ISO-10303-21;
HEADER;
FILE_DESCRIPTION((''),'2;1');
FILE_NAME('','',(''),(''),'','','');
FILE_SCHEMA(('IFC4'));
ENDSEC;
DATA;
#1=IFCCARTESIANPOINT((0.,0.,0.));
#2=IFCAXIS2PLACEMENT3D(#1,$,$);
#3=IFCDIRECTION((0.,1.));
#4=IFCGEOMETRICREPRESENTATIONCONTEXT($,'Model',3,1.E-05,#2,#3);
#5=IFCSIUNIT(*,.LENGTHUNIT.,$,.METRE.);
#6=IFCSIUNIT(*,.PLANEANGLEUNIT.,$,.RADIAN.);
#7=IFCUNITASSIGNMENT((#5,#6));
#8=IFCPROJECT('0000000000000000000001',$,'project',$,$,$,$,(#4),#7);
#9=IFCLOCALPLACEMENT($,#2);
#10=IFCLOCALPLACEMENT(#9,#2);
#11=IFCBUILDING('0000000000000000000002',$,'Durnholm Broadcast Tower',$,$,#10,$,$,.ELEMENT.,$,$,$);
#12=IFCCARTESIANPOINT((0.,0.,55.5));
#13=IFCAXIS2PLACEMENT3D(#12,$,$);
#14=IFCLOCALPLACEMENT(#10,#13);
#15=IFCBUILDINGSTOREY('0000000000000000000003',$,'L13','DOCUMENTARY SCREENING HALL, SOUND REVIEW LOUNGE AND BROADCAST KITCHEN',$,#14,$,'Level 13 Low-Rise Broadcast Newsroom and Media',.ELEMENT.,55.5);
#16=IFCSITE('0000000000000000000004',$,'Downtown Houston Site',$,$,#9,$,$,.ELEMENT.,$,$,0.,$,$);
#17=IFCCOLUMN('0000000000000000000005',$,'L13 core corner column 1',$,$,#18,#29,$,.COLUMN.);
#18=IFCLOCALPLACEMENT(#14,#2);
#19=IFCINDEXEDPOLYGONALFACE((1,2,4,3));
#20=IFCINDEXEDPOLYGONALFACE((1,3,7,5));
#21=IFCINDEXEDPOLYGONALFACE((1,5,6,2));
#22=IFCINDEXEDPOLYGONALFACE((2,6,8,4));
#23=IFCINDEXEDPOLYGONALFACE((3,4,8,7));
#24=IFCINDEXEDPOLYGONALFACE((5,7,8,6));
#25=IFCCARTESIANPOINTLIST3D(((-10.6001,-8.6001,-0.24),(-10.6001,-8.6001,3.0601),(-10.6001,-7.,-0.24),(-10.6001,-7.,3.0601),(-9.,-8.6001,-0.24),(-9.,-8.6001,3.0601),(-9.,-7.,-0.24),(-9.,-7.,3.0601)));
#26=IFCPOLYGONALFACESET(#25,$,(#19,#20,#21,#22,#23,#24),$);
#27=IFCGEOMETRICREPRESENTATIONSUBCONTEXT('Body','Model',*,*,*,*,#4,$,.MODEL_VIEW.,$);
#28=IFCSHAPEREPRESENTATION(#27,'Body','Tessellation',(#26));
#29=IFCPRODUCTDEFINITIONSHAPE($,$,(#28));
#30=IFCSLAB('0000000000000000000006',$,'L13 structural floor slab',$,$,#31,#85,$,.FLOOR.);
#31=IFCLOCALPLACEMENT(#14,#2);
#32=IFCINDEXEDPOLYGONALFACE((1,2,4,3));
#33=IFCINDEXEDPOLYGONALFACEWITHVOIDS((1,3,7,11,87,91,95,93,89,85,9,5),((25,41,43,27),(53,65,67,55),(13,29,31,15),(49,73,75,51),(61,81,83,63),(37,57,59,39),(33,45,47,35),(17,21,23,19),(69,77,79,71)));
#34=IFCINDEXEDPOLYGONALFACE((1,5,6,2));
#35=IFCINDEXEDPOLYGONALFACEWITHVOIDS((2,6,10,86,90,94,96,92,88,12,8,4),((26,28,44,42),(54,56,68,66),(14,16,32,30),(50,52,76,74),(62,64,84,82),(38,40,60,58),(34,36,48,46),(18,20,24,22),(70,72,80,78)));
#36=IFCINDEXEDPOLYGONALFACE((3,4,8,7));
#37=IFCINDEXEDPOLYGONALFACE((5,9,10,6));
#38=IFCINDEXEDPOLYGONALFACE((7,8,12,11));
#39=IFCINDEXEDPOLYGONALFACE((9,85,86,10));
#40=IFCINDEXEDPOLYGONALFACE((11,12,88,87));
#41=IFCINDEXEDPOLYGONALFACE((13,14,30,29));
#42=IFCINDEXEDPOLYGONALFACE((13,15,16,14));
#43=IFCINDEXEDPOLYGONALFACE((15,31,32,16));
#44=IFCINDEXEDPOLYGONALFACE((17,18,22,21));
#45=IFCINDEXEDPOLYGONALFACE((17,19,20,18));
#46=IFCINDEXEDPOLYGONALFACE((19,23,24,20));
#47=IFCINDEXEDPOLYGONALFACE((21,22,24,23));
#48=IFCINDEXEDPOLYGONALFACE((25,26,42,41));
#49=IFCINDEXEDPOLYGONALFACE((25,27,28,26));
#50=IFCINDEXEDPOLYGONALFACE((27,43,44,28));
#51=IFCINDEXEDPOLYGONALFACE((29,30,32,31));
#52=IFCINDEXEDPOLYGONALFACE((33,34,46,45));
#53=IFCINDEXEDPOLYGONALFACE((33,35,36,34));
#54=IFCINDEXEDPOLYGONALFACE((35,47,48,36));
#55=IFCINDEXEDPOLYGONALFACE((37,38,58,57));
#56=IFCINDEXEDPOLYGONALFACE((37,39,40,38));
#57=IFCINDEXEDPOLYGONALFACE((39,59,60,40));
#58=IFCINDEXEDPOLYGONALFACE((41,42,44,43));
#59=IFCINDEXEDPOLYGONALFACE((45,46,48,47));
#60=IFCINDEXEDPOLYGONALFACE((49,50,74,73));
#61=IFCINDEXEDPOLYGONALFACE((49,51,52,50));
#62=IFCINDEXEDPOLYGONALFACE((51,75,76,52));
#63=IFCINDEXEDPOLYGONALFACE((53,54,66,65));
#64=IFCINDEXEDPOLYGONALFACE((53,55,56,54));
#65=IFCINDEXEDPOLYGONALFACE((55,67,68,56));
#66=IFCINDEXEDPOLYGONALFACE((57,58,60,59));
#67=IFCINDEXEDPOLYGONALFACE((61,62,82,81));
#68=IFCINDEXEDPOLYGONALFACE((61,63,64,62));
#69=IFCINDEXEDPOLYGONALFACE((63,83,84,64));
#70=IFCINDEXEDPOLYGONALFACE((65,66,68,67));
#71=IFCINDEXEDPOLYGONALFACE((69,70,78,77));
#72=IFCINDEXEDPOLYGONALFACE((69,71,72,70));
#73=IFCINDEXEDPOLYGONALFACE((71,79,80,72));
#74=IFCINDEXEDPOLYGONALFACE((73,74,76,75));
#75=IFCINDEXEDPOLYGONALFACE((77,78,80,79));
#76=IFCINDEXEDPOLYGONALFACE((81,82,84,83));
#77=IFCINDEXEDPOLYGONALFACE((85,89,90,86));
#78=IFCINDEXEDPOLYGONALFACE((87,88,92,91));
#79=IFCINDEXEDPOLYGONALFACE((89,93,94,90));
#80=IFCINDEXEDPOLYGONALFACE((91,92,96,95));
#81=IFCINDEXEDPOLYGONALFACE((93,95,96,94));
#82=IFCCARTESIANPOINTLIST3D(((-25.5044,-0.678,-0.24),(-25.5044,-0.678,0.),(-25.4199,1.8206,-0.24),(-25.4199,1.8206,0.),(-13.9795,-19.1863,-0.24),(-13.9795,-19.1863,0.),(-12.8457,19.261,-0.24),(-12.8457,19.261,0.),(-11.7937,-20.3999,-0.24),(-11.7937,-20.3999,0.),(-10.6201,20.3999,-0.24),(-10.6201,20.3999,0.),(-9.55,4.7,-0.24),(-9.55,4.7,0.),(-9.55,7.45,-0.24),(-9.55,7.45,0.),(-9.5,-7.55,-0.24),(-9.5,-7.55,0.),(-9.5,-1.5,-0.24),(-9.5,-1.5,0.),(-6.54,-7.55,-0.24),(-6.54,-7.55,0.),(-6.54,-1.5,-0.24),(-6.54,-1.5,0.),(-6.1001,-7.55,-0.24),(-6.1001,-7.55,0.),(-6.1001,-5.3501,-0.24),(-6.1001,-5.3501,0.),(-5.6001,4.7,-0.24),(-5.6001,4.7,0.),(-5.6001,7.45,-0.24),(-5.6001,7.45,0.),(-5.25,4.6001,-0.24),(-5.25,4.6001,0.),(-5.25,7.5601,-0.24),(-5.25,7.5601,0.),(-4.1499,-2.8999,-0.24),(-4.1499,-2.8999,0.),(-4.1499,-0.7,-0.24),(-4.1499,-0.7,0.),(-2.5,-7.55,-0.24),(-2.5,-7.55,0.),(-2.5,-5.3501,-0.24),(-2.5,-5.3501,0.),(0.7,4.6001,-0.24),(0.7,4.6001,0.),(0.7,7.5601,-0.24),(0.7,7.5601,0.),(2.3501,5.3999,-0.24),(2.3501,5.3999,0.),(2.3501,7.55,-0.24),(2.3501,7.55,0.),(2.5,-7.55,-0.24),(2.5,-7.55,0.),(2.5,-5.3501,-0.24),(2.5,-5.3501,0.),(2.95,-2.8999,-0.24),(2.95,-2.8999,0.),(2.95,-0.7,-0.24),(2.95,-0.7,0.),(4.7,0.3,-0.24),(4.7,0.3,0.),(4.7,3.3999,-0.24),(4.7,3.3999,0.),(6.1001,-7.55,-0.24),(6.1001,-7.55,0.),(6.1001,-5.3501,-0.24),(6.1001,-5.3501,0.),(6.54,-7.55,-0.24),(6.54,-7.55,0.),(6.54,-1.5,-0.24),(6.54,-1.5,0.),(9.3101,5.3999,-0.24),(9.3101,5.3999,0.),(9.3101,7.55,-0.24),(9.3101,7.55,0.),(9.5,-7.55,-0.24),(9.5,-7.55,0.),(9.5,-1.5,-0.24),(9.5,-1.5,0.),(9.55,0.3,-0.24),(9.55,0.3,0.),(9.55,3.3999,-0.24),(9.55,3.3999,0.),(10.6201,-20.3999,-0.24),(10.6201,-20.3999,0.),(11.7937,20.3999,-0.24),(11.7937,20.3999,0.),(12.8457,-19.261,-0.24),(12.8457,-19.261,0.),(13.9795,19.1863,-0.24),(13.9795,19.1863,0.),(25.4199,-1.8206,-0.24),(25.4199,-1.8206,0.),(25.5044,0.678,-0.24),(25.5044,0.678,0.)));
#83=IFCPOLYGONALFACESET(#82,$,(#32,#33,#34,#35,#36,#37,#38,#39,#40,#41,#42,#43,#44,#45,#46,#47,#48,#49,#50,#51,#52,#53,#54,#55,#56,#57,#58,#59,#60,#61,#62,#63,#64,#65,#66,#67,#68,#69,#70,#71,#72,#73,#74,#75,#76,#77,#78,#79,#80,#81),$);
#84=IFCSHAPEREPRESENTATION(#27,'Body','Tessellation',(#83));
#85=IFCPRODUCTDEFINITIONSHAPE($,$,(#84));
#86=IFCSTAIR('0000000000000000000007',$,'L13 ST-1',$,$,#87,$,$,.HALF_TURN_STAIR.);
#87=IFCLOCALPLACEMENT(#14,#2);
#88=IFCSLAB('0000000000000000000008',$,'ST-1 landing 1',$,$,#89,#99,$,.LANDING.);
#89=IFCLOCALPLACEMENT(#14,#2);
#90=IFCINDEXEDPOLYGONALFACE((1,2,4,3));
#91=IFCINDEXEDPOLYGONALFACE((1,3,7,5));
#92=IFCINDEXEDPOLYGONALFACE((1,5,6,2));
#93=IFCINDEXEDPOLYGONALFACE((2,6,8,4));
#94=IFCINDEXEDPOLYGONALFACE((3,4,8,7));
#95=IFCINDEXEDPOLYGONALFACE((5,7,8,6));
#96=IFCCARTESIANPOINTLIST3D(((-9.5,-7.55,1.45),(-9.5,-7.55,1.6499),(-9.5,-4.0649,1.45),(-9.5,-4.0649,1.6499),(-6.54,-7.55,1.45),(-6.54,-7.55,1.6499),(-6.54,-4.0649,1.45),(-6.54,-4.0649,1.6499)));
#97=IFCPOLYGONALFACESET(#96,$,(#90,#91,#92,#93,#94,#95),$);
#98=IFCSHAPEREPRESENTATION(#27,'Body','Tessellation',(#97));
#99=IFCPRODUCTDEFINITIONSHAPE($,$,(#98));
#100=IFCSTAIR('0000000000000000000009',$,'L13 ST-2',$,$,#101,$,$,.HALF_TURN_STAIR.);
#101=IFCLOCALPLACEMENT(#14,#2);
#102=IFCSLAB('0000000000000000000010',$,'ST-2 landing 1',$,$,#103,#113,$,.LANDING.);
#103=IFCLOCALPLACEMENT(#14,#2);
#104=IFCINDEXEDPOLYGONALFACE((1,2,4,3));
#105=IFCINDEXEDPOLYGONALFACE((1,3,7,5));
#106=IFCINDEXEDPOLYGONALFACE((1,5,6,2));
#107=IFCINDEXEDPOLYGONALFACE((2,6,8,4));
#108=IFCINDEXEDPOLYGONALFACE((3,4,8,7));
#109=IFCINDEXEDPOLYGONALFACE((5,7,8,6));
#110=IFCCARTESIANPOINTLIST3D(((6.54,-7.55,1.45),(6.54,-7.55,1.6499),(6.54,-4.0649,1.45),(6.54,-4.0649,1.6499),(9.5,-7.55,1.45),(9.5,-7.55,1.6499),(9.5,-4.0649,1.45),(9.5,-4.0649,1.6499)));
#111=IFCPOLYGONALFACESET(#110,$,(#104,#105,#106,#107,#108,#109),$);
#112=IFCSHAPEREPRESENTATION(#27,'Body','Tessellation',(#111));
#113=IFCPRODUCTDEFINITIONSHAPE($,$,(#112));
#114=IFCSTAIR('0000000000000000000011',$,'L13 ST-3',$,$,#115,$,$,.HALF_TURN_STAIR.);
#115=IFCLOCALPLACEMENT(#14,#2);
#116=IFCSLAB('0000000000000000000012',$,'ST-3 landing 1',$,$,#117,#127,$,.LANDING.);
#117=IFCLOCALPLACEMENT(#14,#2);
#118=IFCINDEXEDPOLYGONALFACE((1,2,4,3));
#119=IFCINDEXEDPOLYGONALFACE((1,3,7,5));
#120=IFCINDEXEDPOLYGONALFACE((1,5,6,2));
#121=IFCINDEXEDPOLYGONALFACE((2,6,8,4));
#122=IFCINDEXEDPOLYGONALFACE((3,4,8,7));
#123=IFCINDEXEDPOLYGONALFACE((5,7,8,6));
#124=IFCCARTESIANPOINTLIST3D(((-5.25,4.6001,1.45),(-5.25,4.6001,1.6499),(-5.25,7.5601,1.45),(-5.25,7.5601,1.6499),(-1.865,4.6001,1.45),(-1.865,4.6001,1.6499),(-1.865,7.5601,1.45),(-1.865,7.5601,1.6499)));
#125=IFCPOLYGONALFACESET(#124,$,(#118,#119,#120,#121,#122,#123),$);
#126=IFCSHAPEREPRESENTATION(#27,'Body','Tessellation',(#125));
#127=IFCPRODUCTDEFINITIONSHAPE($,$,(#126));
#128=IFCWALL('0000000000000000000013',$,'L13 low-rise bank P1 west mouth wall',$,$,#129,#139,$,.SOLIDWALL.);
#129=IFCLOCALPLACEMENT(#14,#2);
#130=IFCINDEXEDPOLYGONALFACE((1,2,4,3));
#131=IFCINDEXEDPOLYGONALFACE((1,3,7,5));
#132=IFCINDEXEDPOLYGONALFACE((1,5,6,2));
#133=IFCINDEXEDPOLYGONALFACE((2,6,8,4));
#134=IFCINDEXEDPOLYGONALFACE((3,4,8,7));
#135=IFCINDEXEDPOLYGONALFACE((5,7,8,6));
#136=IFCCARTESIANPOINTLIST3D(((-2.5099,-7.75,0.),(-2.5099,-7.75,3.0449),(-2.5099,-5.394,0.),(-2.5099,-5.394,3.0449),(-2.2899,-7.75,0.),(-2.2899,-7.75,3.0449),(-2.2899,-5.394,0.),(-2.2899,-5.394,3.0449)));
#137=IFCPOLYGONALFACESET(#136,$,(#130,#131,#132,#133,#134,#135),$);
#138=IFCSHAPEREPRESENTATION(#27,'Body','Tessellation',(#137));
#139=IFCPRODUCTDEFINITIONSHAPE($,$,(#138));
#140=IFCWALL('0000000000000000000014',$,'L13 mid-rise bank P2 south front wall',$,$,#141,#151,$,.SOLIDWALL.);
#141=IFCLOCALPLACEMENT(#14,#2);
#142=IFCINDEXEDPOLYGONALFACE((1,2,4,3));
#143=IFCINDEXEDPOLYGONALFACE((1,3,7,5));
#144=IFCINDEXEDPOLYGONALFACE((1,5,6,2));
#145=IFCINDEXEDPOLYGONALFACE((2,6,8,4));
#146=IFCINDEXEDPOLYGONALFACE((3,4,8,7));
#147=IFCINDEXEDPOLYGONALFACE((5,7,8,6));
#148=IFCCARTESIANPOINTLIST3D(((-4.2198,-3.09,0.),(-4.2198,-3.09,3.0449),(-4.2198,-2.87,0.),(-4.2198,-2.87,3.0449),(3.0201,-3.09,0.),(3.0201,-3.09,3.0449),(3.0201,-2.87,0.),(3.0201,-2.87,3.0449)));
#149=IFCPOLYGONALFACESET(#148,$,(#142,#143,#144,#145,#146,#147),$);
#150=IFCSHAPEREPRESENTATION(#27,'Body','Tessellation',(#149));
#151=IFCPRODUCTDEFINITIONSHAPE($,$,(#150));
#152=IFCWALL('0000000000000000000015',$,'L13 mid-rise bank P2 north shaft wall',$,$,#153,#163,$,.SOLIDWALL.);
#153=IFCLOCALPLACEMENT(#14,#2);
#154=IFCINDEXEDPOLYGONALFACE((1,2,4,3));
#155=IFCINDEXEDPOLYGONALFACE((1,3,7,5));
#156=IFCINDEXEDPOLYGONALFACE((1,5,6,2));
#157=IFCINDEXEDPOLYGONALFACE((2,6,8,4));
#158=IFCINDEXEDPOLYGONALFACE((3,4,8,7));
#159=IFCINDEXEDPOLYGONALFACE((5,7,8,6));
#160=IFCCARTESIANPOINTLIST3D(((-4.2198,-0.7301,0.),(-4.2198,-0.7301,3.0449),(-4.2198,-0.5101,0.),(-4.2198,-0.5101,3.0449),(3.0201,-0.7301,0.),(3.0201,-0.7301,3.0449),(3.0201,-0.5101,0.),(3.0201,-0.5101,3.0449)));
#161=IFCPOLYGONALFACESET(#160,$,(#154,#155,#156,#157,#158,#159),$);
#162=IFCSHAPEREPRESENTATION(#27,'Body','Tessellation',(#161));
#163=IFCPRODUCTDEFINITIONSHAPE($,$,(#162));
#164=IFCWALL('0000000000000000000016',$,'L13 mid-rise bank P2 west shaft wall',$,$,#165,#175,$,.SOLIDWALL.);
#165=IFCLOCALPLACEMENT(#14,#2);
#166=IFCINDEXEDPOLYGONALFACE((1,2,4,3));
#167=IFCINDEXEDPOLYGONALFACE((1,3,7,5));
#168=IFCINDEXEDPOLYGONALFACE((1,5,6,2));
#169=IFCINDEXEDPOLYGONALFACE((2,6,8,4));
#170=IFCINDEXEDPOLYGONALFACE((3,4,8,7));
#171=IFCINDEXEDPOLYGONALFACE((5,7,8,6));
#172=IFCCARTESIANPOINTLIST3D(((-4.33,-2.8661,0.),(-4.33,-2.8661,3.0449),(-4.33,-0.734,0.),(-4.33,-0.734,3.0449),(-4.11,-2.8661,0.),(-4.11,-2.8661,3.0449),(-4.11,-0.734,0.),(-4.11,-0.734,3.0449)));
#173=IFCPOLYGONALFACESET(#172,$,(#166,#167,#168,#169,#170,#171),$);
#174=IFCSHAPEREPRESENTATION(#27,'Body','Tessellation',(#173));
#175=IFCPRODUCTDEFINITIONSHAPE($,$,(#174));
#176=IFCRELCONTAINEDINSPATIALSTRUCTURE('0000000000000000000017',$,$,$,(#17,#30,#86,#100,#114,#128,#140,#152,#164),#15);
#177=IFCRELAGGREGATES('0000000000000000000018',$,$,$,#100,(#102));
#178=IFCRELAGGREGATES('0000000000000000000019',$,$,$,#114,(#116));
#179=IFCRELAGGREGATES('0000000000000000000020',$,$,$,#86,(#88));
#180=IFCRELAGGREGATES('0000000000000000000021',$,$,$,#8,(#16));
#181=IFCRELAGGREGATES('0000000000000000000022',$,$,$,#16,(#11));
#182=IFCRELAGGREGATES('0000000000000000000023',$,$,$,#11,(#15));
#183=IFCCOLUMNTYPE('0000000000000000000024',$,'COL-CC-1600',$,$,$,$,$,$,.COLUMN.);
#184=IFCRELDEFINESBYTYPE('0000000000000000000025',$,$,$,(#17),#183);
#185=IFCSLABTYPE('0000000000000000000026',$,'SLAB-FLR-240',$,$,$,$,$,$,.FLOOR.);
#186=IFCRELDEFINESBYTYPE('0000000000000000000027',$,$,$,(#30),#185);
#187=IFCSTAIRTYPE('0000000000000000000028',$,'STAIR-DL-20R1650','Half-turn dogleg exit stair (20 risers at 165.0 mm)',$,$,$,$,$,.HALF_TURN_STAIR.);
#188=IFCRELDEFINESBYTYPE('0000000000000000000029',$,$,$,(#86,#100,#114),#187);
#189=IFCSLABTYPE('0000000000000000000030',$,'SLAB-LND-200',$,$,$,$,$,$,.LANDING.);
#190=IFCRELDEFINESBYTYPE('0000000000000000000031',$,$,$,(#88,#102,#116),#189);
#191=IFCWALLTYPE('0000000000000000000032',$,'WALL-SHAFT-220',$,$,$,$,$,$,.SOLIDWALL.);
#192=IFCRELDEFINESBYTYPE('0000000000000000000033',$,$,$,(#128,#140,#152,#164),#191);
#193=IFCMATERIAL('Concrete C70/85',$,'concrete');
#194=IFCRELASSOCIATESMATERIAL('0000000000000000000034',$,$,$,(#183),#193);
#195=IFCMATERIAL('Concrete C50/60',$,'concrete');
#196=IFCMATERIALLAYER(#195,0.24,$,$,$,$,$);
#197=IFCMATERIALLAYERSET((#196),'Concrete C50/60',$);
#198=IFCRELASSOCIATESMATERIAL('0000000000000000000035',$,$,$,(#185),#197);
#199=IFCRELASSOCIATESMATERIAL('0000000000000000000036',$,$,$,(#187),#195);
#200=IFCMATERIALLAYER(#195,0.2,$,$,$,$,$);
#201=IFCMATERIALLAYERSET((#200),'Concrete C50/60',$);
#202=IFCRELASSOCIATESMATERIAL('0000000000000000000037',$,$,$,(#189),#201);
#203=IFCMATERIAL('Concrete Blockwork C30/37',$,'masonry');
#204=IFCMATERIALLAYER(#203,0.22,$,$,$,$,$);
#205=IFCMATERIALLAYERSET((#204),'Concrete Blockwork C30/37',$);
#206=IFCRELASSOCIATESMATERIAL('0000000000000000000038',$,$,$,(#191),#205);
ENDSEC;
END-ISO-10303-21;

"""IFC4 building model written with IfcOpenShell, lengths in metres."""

from ifc_helpers import new_model, si_unit, direction, frame, frame_2d, origin, origin_2d, place, context, subcontext, project, spatial, polyline, rectangle, outline, extrude, source, transform, mapped, material, layer, layer_set, material_profile, profile_set, type_object, type_shapes, element, aggregate, save


model = new_model("IFC4")

# Units and contexts
model_context = context("Model", 3, precision=1e-05, world=origin(), true_north=direction((0.0, 1.0)))
body_context = subcontext(model_context, "Body", "Model", "MODEL_VIEW")
ifc_project = project(units=[si_unit("LENGTHUNIT", "METRE"), si_unit("PLANEANGLEUNIT", "RADIAN")], contexts=[model_context])

# Site, building, storey
site_placement = place(None, origin())
site = spatial("IfcSite", under=ifc_project, at=site_placement, Name="Downtown Houston Site", CompositionType="ELEMENT", RefElevation=0.0)
building_placement = place(site_placement, origin())
building = spatial("IfcBuilding", under=site, at=building_placement, Name="Durnholm Broadcast Tower", CompositionType="ELEMENT")
storey_placement = place(building_placement, frame((0.0, 0.0, 55.5)))
storey = spatial("IfcBuildingStorey", under=building, at=storey_placement, Name="L13", Description="DOCUMENTARY SCREENING HALL, SOUND REVIEW LOUNGE AND BROADCAST KITCHEN", LongName="Level 13 Low-Rise Broadcast Newsroom and Media", CompositionType="ELEMENT", Elevation=55.5)

# Column
ifc_material_1 = material(Name="Concrete C70/85", Category="concrete")
ifc_material_profile = material_profile(ifc_material_1, rectangle(XDim=1.6001, YDim=1.6001, at=origin_2d()), Name="RC1600X1600")
ifc_profile_set = profile_set([ifc_material_profile], Name="Concrete C70/85")
column_type = type_object("IfcColumnType", Name="COL-CC-1600", PredefinedType="COLUMN", material=ifc_profile_set)
shared_shape_1 = source(origin(), body_context, "Body", "SweptSolid", [
    extrude(rectangle(XDim=1.6001, YDim=1.6001, at=origin_2d()), origin(), (0.0, 0.0, 1.0), 3.3),
])
type_shapes(column_type, [shared_shape_1])
column_placement = place(storey_placement, frame((-9.8, -7.8, -0.24), z_axis=(0.0, 0.0, 1.0), x_axis=(1.0, 0.0, 0.0)))
element("IfcColumn", 1, at=column_placement, inside=storey, type_object=column_type, Name="L13 core corner column 1", PredefinedType="COLUMN", context=body_context, shape_type="MappedRepresentation", body=[
    mapped(shared_shape_1, transform((0.0, 0.0, 0.0), x_axis=(1.0, 0.0, 0.0), y_axis=(0.0, 1.0, 0.0), z_axis=(0.0, 0.0, 1.0), scale=1.0)),
])

# Slab
ifc_material_2 = material(Name="Concrete C50/60", Category="concrete")
ifc_layer_1 = layer(ifc_material_2, 0.24)
ifc_layer_set_1 = layer_set([ifc_layer_1], Name="Concrete C50/60")
slab_type_1 = type_object("IfcSlabType", Name="SLAB-FLR-240", PredefinedType="FLOOR", material=ifc_layer_set_1)
slab_1_placement = place(storey_placement, frame((0.0, 0.0, -0.24)))
element("IfcSlab", 2, at=slab_1_placement, inside=storey, type_object=slab_type_1, Name="L13 structural floor slab", PredefinedType="FLOOR", context=body_context, shape_type="SweptSolid", body=[
    extrude(outline(polyline([(-13.9795, -19.1863), (-11.7937, -20.3999), (10.6201, -20.3999), (12.8457, -19.261), (25.4199, -1.8206), (25.5044, 0.678), (13.9795, 19.1863), (11.7937, 20.3999), (-10.6201, 20.3999), (-12.8457, 19.261), (-25.4199, 1.8206), (-25.5044, -0.678), (-13.9795, -19.1863)]), holes=[polyline([(-2.5, -5.3501), (-6.1001, -5.3501), (-6.1001, -7.55), (-2.5, -7.55), (-2.5, -5.3501)]), polyline([(6.1001, -5.3501), (2.5, -5.3501), (2.5, -7.55), (6.1001, -7.55), (6.1001, -5.3501)]), polyline([(-6.54, -7.55), (-6.54, -1.5), (-9.5, -1.5), (-9.5, -7.55), (-6.54, -7.55)]), polyline([(9.5, -7.55), (9.5, -1.5), (6.54, -1.5), (6.54, -7.55), (9.5, -7.55)]), polyline([(2.95, -0.7), (-4.1499, -0.7), (-4.1499, -2.8999), (2.95, -2.8999), (2.95, -0.7)]), polyline([(9.55, 3.3999), (4.7, 3.3999), (4.7, 0.3), (9.55, 0.3), (9.55, 3.3999)]), polyline([(-5.6001, 7.45), (-9.55, 7.45), (-9.55, 4.7), (-5.6001, 4.7), (-5.6001, 7.45)]), polyline([(-5.25, 7.5601), (-5.25, 4.6001), (0.7, 4.6001), (0.7, 7.5601), (-5.25, 7.5601)]), polyline([(9.3101, 5.3999), (9.3101, 7.55), (2.3501, 7.55), (2.3501, 5.3999), (9.3101, 5.3999)])]), origin(), (0.0, 0.0, 1.0), 0.24),
])

# Stairs, slabs
stair_type = type_object("IfcStairType", Name="STAIR-DL-20R1650", Description="Half-turn dogleg exit stair (20 risers at 165.0 mm)", PredefinedType="HALF_TURN_STAIR", material=ifc_material_2)
stair_1_placement = place(storey_placement, origin())
stair_1 = element("IfcStair", 3, at=stair_1_placement, inside=storey, type_object=stair_type, Name="L13 ST-1", PredefinedType="HALF_TURN_STAIR")
ifc_layer_2 = layer(ifc_material_2, 0.2)
ifc_layer_set_2 = layer_set([ifc_layer_2], Name="Concrete C50/60")
slab_type_2 = type_object("IfcSlabType", Name="SLAB-LND-200", PredefinedType="LANDING", material=ifc_layer_set_2)
slab_2_placement = place(storey_placement, frame((0.0, 0.0, 1.45)))
slab_2 = element("IfcSlab", 4, at=slab_2_placement, type_object=slab_type_2, Name="ST-1 landing 1", PredefinedType="LANDING", context=body_context, shape_type="SweptSolid", body=[
    extrude(outline(polyline([(-9.5, -4.0649), (-9.5, -7.55), (-6.54, -7.55), (-6.54, -4.0649), (-9.5, -4.0649)])), origin(), (0.0, 0.0, 1.0), 0.2),
])
stair_2_placement = place(storey_placement, origin())
stair_2 = element("IfcStair", 5, at=stair_2_placement, inside=storey, type_object=stair_type, Name="L13 ST-2", PredefinedType="HALF_TURN_STAIR")
slab_3_placement = place(storey_placement, frame((0.0, 0.0, 1.45)))
slab_3 = element("IfcSlab", 6, at=slab_3_placement, type_object=slab_type_2, Name="ST-2 landing 1", PredefinedType="LANDING", context=body_context, shape_type="SweptSolid", body=[
    extrude(outline(polyline([(6.54, -4.0649), (6.54, -7.55), (9.5, -7.55), (9.5, -4.0649), (6.54, -4.0649)])), origin(), (0.0, 0.0, 1.0), 0.2),
])
aggregate(stair_2, [slab_3])
stair_3_placement = place(storey_placement, origin())
stair_3 = element("IfcStair", 7, at=stair_3_placement, inside=storey, type_object=stair_type, Name="L13 ST-3", PredefinedType="HALF_TURN_STAIR")
slab_4_placement = place(storey_placement, frame((0.0, 0.0, 1.45)))
slab_4 = element("IfcSlab", 8, at=slab_4_placement, type_object=slab_type_2, Name="ST-3 landing 1", PredefinedType="LANDING", context=body_context, shape_type="SweptSolid", body=[
    extrude(outline(polyline([(-1.865, 7.5601), (-5.25, 7.5601), (-5.25, 4.6001), (-1.865, 4.6001), (-1.865, 7.5601)])), origin(), (0.0, 0.0, 1.0), 0.2),
])
aggregate(stair_3, [slab_4])

# Shared definitions
ifc_material_3 = material(Name="Concrete Blockwork C30/37", Category="masonry")
ifc_layer_3 = layer(ifc_material_3, 0.22)
ifc_layer_set_3 = layer_set([ifc_layer_3], Name="Concrete Blockwork C30/37")
wall_type_1 = type_object("IfcWallType", Name="WALL-SHAFT-220", PredefinedType="SOLIDWALL", material=ifc_layer_set_3)

# Walls
wall_1_placement = place(storey_placement, frame((-2.3999, -7.75, 0.0), z_axis=(0.0, 0.0, 1.0), x_axis=(0.0, 1.0, 0.0)))
element("IfcWall", 9, at=wall_1_placement, inside=storey, type_object=wall_type_1, Name="L13 low-rise bank P1 west mouth wall", PredefinedType="SOLIDWALL", context=body_context, shape_type="SweptSolid", body=[
    extrude(rectangle(XDim=2.356, YDim=0.22, at=frame_2d((1.178, 0.0))), origin(), (0.0, 0.0, 1.0), 3.0449),
])
for number, where, z_axis, x_axis, name in (
    (10, (-4.22, -2.98, 0.0), (0.0, 0.0, 1.0), (1.0, 0.0, 0.0), "L13 mid-rise bank P2 south front wall"),
    (11, (-4.22, -0.6201, 0.0), (0.0, 0.0, 1.0), (1.0, 0.0, 0.0), "L13 mid-rise bank P2 north shaft wall"),
):
    element("IfcWall", number, at=place(storey_placement, frame(where, z_axis=z_axis, x_axis=x_axis)), inside=storey, type_object=wall_type_1, Name=name, PredefinedType="SOLIDWALL", context=body_context, shape_type="SweptSolid", body=[
        extrude(rectangle(XDim=7.24, YDim=0.22, at=frame_2d((3.6201, 0.0))), origin(), (0.0, 0.0, 1.0), 3.0449),
    ])
wall_2_placement = place(storey_placement, frame((-4.22, -2.866, 0.0), z_axis=(0.0, 0.0, 1.0), x_axis=(0.0, 1.0, 0.0)))
element("IfcWall", 12, at=wall_2_placement, inside=storey, type_object=wall_type_1, Name="L13 mid-rise bank P2 west shaft wall", PredefinedType="SOLIDWALL", context=body_context, shape_type="SweptSolid", body=[
    extrude(rectangle(XDim=2.1321, YDim=0.22, at=frame_2d((1.0659, 0.0))), origin(), (0.0, 0.0, 1.0), 3.0449),
])

aggregate(stair_1, [slab_2])

save(model, "model.ifc")
